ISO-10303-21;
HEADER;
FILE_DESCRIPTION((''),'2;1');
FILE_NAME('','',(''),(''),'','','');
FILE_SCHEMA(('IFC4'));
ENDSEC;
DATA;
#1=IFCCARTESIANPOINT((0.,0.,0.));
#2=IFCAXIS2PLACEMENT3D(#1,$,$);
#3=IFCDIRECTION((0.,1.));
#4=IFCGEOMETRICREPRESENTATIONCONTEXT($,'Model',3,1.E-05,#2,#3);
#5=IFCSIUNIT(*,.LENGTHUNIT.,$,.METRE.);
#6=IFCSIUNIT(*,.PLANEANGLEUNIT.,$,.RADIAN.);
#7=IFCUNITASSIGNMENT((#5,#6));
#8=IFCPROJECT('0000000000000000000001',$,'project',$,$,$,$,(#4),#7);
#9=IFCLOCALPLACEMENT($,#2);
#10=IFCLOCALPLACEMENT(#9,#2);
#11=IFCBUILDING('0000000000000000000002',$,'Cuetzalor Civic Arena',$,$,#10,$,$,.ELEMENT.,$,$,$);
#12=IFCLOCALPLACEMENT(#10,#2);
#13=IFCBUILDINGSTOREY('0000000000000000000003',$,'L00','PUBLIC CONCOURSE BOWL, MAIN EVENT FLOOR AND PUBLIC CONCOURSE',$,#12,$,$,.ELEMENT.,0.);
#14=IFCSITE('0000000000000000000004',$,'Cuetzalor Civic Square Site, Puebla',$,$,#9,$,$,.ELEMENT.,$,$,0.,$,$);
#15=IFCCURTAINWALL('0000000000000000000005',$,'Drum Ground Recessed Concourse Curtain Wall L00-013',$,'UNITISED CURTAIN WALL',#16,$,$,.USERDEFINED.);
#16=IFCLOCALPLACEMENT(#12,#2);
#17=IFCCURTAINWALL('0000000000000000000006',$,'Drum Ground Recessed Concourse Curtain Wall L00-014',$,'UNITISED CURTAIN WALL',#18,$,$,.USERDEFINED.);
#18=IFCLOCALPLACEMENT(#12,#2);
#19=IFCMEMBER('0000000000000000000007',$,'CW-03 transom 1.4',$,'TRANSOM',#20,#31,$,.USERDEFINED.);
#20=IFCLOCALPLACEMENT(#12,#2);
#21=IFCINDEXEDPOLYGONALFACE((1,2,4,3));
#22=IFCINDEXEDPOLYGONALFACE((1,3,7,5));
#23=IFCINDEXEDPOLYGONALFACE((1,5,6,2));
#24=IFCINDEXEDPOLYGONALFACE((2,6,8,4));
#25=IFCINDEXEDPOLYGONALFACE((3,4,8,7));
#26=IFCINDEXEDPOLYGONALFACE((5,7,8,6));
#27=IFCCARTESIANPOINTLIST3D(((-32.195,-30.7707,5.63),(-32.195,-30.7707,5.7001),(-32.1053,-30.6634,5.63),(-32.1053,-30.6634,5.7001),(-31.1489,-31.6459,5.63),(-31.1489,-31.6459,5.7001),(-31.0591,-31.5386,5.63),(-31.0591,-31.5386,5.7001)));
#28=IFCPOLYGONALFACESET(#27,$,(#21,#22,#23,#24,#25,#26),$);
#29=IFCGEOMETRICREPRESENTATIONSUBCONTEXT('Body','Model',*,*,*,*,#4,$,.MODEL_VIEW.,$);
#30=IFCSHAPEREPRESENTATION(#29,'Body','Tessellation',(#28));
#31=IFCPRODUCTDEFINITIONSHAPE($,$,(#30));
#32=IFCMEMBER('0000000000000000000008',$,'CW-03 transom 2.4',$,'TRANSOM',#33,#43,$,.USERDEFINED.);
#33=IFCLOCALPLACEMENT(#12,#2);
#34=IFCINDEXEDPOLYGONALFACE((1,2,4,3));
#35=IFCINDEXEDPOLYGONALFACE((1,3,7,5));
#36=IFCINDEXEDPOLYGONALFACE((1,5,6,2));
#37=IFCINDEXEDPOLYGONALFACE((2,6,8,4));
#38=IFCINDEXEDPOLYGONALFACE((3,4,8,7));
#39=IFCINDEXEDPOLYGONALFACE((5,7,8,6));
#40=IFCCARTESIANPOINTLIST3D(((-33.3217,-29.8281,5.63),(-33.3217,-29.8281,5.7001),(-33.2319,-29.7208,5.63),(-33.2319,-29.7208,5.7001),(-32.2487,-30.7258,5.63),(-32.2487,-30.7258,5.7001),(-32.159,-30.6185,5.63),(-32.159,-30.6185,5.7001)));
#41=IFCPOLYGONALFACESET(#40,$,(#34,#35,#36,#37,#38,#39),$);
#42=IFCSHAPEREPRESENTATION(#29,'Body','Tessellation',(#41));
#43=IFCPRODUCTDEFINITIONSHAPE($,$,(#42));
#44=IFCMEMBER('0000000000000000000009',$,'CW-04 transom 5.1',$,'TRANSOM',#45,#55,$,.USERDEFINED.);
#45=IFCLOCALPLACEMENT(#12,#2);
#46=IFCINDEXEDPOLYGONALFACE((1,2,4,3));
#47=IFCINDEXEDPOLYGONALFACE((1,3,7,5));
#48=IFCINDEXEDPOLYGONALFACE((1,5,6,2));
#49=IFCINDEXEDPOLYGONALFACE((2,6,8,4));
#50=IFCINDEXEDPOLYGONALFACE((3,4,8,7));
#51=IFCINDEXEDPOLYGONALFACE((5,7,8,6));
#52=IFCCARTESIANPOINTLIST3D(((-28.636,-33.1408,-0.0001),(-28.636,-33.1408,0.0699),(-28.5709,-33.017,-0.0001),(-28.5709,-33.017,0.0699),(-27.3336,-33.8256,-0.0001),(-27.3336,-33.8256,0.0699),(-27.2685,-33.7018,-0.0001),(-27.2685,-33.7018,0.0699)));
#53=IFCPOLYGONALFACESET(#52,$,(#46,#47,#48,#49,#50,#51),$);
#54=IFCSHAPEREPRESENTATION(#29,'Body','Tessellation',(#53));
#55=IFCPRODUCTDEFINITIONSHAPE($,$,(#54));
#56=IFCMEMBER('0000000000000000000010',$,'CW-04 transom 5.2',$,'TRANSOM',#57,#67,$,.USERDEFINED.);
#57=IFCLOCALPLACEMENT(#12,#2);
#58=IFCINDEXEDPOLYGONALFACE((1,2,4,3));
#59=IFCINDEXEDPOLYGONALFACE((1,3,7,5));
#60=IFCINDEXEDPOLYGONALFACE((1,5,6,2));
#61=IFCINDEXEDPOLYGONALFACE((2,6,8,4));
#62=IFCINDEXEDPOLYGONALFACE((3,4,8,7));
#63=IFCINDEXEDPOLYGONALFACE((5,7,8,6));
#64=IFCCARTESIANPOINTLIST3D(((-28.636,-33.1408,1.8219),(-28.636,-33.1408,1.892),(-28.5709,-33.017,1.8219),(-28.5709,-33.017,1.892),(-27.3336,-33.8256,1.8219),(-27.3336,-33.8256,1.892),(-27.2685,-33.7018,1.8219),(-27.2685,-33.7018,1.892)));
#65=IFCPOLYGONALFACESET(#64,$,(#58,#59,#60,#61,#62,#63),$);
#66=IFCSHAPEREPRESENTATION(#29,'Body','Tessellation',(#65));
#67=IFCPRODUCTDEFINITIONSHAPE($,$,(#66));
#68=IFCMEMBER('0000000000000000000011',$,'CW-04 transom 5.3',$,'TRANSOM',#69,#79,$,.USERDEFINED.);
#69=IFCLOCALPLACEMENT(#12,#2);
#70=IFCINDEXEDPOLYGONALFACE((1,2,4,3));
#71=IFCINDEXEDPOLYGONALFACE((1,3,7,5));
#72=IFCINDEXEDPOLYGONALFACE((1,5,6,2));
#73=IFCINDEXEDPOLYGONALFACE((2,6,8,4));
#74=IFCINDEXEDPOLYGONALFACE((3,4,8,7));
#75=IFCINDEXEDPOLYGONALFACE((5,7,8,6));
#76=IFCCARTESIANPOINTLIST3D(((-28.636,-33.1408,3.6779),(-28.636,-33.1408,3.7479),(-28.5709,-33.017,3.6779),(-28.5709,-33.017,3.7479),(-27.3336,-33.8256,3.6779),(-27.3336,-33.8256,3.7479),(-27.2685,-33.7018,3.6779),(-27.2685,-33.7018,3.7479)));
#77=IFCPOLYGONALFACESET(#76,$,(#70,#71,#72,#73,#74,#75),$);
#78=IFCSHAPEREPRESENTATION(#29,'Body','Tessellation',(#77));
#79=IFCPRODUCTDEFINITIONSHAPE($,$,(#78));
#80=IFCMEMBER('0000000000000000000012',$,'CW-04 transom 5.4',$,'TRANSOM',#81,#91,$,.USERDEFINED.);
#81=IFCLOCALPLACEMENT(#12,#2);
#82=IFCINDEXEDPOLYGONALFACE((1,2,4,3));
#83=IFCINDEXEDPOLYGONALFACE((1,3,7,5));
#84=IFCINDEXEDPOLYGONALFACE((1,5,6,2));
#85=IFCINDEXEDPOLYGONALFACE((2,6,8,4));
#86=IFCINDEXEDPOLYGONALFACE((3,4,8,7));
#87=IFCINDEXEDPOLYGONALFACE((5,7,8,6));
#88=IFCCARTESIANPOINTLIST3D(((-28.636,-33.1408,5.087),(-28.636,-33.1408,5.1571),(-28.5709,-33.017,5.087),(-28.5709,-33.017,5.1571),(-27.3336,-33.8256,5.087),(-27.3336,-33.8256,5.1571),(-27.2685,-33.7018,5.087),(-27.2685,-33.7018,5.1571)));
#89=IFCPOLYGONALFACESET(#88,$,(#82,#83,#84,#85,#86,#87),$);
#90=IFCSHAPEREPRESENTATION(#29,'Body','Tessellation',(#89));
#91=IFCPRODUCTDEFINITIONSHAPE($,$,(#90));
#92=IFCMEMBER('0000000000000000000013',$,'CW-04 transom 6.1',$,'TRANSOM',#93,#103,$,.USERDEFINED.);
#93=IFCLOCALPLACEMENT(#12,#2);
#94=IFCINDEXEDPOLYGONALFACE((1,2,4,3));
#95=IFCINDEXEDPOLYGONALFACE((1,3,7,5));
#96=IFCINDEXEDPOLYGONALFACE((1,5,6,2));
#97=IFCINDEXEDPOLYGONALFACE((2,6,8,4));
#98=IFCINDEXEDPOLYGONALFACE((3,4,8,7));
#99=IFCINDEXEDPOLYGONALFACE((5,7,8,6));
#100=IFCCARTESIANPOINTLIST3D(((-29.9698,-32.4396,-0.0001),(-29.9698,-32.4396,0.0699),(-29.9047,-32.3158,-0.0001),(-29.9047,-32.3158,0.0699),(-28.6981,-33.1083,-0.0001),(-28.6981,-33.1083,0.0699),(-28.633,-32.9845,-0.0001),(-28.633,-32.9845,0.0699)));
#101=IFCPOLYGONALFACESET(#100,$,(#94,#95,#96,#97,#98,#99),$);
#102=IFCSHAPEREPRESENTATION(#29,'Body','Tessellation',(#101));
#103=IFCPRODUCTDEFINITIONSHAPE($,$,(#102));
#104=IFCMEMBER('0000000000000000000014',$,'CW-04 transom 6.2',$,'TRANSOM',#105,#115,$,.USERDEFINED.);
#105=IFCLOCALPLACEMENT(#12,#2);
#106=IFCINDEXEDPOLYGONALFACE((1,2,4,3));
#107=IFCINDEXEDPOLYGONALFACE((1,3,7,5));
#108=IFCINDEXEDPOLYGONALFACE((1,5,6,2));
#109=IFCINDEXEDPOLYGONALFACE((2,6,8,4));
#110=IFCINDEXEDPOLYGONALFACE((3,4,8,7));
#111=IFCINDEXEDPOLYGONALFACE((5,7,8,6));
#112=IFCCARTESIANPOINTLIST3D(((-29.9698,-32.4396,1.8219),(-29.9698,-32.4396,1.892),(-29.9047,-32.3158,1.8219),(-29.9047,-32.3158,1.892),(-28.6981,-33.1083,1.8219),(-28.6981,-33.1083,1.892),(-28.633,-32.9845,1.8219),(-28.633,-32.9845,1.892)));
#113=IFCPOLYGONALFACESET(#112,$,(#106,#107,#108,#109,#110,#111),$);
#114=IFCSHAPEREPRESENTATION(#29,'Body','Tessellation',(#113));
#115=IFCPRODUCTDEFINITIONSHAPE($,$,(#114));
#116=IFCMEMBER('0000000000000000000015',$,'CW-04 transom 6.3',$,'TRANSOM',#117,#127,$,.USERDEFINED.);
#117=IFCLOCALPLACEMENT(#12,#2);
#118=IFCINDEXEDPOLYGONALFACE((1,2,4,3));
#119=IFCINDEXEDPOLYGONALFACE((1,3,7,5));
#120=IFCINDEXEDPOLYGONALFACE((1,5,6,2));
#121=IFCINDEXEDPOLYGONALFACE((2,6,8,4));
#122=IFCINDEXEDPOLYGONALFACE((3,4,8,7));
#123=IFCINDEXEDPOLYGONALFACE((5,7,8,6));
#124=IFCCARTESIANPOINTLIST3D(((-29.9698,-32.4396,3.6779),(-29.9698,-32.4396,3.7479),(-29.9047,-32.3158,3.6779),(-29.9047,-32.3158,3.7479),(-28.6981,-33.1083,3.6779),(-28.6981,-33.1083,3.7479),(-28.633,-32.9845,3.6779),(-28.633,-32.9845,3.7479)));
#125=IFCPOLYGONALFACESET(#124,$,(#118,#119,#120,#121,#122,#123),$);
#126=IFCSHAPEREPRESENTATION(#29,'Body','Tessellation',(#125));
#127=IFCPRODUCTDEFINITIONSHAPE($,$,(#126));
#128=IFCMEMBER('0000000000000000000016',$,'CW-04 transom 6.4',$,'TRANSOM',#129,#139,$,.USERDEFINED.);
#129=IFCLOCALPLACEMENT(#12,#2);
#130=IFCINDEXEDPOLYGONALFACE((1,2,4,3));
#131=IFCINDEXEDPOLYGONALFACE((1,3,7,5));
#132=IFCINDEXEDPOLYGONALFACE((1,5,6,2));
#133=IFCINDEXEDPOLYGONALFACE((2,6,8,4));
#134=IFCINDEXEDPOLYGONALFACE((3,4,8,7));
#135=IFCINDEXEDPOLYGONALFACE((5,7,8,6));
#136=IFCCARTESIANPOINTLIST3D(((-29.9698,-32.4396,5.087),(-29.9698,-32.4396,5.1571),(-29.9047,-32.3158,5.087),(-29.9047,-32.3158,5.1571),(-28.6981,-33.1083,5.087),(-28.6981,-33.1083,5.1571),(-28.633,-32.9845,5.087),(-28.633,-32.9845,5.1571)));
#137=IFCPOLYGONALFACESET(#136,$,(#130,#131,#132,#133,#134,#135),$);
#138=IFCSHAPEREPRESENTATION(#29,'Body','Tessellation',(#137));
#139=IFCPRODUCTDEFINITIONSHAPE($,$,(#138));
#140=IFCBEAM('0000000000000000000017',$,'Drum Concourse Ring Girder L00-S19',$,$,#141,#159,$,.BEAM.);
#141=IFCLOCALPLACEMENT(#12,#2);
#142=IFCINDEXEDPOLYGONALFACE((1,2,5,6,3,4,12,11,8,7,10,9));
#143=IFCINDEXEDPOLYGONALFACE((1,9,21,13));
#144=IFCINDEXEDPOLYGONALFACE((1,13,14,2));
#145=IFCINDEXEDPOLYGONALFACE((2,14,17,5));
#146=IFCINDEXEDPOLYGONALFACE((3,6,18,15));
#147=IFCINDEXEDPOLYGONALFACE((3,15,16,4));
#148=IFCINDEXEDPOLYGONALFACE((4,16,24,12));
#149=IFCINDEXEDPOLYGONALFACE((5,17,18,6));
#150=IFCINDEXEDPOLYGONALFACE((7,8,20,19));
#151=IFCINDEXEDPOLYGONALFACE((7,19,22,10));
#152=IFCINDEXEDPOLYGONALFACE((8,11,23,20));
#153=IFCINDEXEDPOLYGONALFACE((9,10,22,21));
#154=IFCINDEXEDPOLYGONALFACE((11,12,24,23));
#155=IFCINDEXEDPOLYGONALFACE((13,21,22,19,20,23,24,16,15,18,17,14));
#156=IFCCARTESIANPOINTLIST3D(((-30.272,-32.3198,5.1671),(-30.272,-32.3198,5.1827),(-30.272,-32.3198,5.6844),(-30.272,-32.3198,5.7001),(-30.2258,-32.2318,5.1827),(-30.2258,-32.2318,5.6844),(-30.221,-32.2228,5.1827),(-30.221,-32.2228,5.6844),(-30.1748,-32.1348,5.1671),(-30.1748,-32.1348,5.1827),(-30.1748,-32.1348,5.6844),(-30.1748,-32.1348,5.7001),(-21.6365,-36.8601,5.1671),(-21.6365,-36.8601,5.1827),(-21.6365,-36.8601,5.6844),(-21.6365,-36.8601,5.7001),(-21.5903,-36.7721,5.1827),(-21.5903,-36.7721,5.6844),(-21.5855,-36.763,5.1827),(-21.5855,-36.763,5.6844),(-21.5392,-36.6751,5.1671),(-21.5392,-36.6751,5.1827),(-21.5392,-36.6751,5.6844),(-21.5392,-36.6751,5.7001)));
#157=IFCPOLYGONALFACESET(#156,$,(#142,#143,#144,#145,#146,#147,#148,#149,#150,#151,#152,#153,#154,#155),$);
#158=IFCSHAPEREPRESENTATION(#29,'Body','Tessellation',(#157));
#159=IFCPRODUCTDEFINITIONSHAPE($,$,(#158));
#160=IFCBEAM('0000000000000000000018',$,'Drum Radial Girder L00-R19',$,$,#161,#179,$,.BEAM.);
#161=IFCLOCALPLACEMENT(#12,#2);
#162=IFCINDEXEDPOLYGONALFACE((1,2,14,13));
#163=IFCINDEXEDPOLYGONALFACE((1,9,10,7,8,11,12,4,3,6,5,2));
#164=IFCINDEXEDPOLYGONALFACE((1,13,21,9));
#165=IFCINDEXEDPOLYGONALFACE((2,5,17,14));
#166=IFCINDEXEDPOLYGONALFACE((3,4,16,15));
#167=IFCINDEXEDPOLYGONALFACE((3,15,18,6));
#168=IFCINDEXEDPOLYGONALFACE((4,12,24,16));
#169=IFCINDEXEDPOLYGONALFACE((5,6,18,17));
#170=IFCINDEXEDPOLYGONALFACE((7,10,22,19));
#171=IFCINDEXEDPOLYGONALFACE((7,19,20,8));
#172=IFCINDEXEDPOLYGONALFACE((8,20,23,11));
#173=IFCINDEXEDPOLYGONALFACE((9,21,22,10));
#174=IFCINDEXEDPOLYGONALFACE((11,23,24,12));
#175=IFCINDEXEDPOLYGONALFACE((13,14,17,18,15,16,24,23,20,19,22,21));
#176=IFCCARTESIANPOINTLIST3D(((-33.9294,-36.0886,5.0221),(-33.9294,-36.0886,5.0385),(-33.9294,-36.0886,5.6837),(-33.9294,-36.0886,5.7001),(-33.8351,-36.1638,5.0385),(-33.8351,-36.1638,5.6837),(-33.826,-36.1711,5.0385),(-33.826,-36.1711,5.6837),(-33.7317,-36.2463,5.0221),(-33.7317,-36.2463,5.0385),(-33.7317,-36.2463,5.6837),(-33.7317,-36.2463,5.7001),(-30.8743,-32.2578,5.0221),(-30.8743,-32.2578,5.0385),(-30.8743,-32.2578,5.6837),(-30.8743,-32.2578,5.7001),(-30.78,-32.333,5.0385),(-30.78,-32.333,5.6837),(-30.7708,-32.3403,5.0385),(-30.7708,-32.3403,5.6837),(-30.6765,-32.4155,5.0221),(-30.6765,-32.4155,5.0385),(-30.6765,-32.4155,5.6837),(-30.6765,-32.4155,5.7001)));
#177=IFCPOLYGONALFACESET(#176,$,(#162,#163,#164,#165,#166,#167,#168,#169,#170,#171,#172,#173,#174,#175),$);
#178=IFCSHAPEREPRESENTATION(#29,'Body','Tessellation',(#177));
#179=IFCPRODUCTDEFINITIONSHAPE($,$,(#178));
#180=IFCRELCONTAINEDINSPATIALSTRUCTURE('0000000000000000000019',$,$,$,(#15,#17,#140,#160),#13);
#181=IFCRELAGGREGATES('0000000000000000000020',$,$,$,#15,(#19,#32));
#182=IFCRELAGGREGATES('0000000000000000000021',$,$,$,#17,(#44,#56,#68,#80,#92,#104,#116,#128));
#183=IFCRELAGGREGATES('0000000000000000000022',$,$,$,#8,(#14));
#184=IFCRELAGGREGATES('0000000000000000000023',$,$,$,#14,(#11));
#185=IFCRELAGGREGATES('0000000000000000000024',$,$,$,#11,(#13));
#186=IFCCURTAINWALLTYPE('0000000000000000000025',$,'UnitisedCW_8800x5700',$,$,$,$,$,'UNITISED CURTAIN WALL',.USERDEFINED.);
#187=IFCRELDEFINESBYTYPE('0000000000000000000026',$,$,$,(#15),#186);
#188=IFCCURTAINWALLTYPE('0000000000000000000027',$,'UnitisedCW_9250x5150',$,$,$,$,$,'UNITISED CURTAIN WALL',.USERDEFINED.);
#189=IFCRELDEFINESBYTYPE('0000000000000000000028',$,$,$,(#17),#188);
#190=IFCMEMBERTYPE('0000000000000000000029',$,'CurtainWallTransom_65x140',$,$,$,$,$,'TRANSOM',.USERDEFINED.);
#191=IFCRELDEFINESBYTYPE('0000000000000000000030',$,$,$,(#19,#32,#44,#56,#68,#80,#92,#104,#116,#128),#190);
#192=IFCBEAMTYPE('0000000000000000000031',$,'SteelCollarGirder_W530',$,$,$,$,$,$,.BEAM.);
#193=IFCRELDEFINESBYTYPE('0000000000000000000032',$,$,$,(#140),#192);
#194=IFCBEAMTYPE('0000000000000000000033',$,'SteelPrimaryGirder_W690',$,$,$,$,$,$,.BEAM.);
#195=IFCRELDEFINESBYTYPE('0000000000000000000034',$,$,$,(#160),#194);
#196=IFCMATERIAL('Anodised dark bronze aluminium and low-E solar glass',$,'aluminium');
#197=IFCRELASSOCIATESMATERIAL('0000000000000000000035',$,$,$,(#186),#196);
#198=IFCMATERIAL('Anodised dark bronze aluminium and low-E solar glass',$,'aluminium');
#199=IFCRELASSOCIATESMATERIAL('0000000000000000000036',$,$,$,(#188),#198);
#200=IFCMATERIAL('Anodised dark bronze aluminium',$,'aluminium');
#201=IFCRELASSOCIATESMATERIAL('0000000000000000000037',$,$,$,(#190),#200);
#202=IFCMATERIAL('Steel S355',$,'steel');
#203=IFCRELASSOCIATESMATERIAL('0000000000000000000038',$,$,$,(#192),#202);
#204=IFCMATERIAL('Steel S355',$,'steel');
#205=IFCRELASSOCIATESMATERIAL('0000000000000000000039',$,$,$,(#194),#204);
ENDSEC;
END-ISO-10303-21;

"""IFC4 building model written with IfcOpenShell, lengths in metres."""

from ifc_helpers import new_model, si_unit, direction, frame, origin, origin_2d, place, context, subcontext, project, spatial, rectangle, i_section, extrude, material, material_profile, profile_set, type_object, element, aggregate, save


model = new_model("IFC4")

# Units and contexts
model_context = context("Model", 3, precision=1e-05, world=origin(), true_north=direction((0.0, 1.0)))
body_context = subcontext(model_context, "Body", "Model", "MODEL_VIEW")
ifc_project = project(units=[si_unit("LENGTHUNIT", "METRE"), si_unit("PLANEANGLEUNIT", "RADIAN")], contexts=[model_context])

# Site, building, storey
site_placement = place(None, origin())
site = spatial("IfcSite", under=ifc_project, at=site_placement, Name="Cuetzalor Civic Square Site, Puebla", CompositionType="ELEMENT", RefElevation=0.0)
building_placement = place(site_placement, origin())
building = spatial("IfcBuilding", under=site, at=building_placement, Name="Cuetzalor Civic Arena", CompositionType="ELEMENT")
storey_placement = place(building_placement, origin())
storey = spatial("IfcBuildingStorey", under=building, at=storey_placement, Name="L00", Description="PUBLIC CONCOURSE BOWL, MAIN EVENT FLOOR AND PUBLIC CONCOURSE", CompositionType="ELEMENT", Elevation=0.0)

# Curtain walls
ifc_material_1 = material(Name="Anodised dark bronze aluminium and low-E solar glass", Category="aluminium")
curtain_wall_type_1 = type_object("IfcCurtainWallType", Name="UnitisedCW_8800x5700", ElementType="UNITISED CURTAIN WALL", PredefinedType="USERDEFINED", material=ifc_material_1)
curtain_wall_1_placement = place(storey_placement, origin())
curtain_wall_1 = element("IfcCurtainWall", 1, at=curtain_wall_1_placement, inside=storey, type_object=curtain_wall_type_1, Name="Drum Ground Recessed Concourse Curtain Wall L00-013", ObjectType="UNITISED CURTAIN WALL", PredefinedType="USERDEFINED")
ifc_material_2 = material(Name="Anodised dark bronze aluminium and low-E solar glass", Category="aluminium")
curtain_wall_type_2 = type_object("IfcCurtainWallType", Name="UnitisedCW_9250x5150", ElementType="UNITISED CURTAIN WALL", PredefinedType="USERDEFINED", material=ifc_material_2)
curtain_wall_2_placement = place(storey_placement, origin())
curtain_wall_2 = element("IfcCurtainWall", 2, at=curtain_wall_2_placement, inside=storey, type_object=curtain_wall_type_2, Name="Drum Ground Recessed Concourse Curtain Wall L00-014", ObjectType="UNITISED CURTAIN WALL", PredefinedType="USERDEFINED")

# Members
ifc_material_3 = material(Name="Anodised dark bronze aluminium", Category="aluminium")
ifc_material_profile_1 = material_profile(ifc_material_3, rectangle(XDim=0.1399, YDim=0.0701, at=origin_2d()), Name="ALU TRANSOM 70x140")
ifc_profile_set_1 = profile_set([ifc_material_profile_1], Name="Anodised dark bronze aluminium")
member_type_1 = type_object("IfcMemberType", Name="CurtainWallTransom_65x140", ElementType="TRANSOM", PredefinedType="USERDEFINED", material=ifc_profile_set_1)
member_1_placement = place(storey_placement, frame((-31.104, -31.5923, 5.665), z_axis=(-0.766973, 0.64168, 0.0), x_axis=(-0.64168, -0.766973, 0.0)))
member_1 = element("IfcMember", 3, at=member_1_placement, type_object=member_type_1, Name="CW-03 transom 1.4", ObjectType="TRANSOM", PredefinedType="USERDEFINED", context=body_context, shape_type="SweptSolid", body=[
    extrude(rectangle(XDim=0.1399, YDim=0.0701, at=origin_2d()), origin(), (0.0, 0.0, 1.0), 1.364),
])
member_2_placement = place(storey_placement, frame((-32.2039, -30.6721, 5.665), z_axis=(-0.766975, 0.641677, 0.0), x_axis=(-0.641677, -0.766975, 0.0)))
member_2 = element("IfcMember", 4, at=member_2_placement, type_object=member_type_1, Name="CW-03 transom 2.4", ObjectType="TRANSOM", PredefinedType="USERDEFINED", context=body_context, shape_type="SweptSolid", body=[
    extrude(rectangle(XDim=0.1399, YDim=0.0701, at=origin_2d()), origin(), (0.0, 0.0, 1.0), 1.3989),
])
member_3_placement = place(storey_placement, frame((-27.301, -33.7637, 0.0349), z_axis=(-0.885116, 0.46537, 0.0), x_axis=(-0.46537, -0.885116, 0.0)))
member_3 = element("IfcMember", 5, at=member_3_placement, type_object=member_type_1, Name="CW-04 transom 5.1", ObjectType="TRANSOM", PredefinedType="USERDEFINED", context=body_context, shape_type="SweptSolid", body=[
    extrude(rectangle(XDim=0.1399, YDim=0.0701, at=origin_2d()), origin(), (0.0, 0.0, 1.0), 1.4714),
])
member_4_placement = place(storey_placement, frame((-27.301, -33.7637, 1.8569), z_axis=(-0.885116, 0.46537, 0.0), x_axis=(-0.46537, -0.885116, 0.0)))
member_4 = element("IfcMember", 6, at=member_4_placement, type_object=member_type_1, Name="CW-04 transom 5.2", ObjectType="TRANSOM", PredefinedType="USERDEFINED", context=body_context, shape_type="SweptSolid", body=[
    extrude(rectangle(XDim=0.1399, YDim=0.0701, at=origin_2d()), origin(), (0.0, 0.0, 1.0), 1.4714),
])
member_5_placement = place(storey_placement, frame((-27.301, -33.7637, 3.7129), z_axis=(-0.885116, 0.46537, 0.0), x_axis=(-0.46537, -0.885116, 0.0)))
member_5 = element("IfcMember", 7, at=member_5_placement, type_object=member_type_1, Name="CW-04 transom 5.3", ObjectType="TRANSOM", PredefinedType="USERDEFINED", context=body_context, shape_type="SweptSolid", body=[
    extrude(rectangle(XDim=0.1399, YDim=0.0701, at=origin_2d()), origin(), (0.0, 0.0, 1.0), 1.4714),
])
member_6_placement = place(storey_placement, frame((-27.301, -33.7637, 5.1221), z_axis=(-0.885116, 0.46537, 0.0), x_axis=(-0.46537, -0.885116, 0.0)))
member_6 = element("IfcMember", 8, at=member_6_placement, type_object=member_type_1, Name="CW-04 transom 5.4", ObjectType="TRANSOM", PredefinedType="USERDEFINED", context=body_context, shape_type="SweptSolid", body=[
    extrude(rectangle(XDim=0.1399, YDim=0.0701, at=origin_2d()), origin(), (0.0, 0.0, 1.0), 1.4714),
])
member_7_placement = place(storey_placement, frame((-28.6655, -33.0464, 0.0349), z_axis=(-0.885099, 0.465403, 0.0), x_axis=(-0.465403, -0.885099, 0.0)))
member_7 = element("IfcMember", 9, at=member_7_placement, type_object=member_type_1, Name="CW-04 transom 6.1", ObjectType="TRANSOM", PredefinedType="USERDEFINED", context=body_context, shape_type="SweptSolid", body=[
    extrude(rectangle(XDim=0.1399, YDim=0.0701, at=origin_2d()), origin(), (0.0, 0.0, 1.0), 1.4368),
])
member_8_placement = place(storey_placement, frame((-28.6655, -33.0464, 1.8569), z_axis=(-0.885099, 0.465403, 0.0), x_axis=(-0.465403, -0.885099, 0.0)))
member_8 = element("IfcMember", 10, at=member_8_placement, type_object=member_type_1, Name="CW-04 transom 6.2", ObjectType="TRANSOM", PredefinedType="USERDEFINED", context=body_context, shape_type="SweptSolid", body=[
    extrude(rectangle(XDim=0.1399, YDim=0.0701, at=origin_2d()), origin(), (0.0, 0.0, 1.0), 1.4368),
])
member_9_placement = place(storey_placement, frame((-28.6655, -33.0464, 3.7129), z_axis=(-0.885099, 0.465403, 0.0), x_axis=(-0.465403, -0.885099, 0.0)))
member_9 = element("IfcMember", 11, at=member_9_placement, type_object=member_type_1, Name="CW-04 transom 6.3", ObjectType="TRANSOM", PredefinedType="USERDEFINED", context=body_context, shape_type="SweptSolid", body=[
    extrude(rectangle(XDim=0.1399, YDim=0.0701, at=origin_2d()), origin(), (0.0, 0.0, 1.0), 1.4368),
])
member_10_placement = place(storey_placement, frame((-28.6655, -33.0464, 5.1221), z_axis=(-0.885099, 0.465403, 0.0), x_axis=(-0.465403, -0.885099, 0.0)))
member_10 = element("IfcMember", 12, at=member_10_placement, type_object=member_type_1, Name="CW-04 transom 6.4", ObjectType="TRANSOM", PredefinedType="USERDEFINED", context=body_context, shape_type="SweptSolid", body=[
    extrude(rectangle(XDim=0.1399, YDim=0.0701, at=origin_2d()), origin(), (0.0, 0.0, 1.0), 1.4368),
])

# Beams
ifc_material_4 = material(Name="Steel S355", Category="steel")
ifc_material_profile_2 = material_profile(ifc_material_4, i_section(OverallWidth=0.209, OverallDepth=0.533, WebThickness=0.0103, FlangeThickness=0.0156, at=origin_2d()), Name="W530x92")
ifc_profile_set_2 = profile_set([ifc_material_profile_2], Name="Steel S355")
beam_type_1 = type_object("IfcBeamType", Name="SteelCollarGirder_W530", PredefinedType="BEAM", material=ifc_profile_set_2)
beam_1_placement = place(storey_placement, frame((-30.2234, -32.2273, 5.4336), z_axis=(0.885117, -0.465368, 0.0), x_axis=(0.465368, 0.885117, 0.0)))
element("IfcBeam", 13, at=beam_1_placement, inside=storey, type_object=beam_type_1, Name="Drum Concourse Ring Girder L00-S19", PredefinedType="BEAM", context=body_context, shape_type="SweptSolid", body=[
    extrude(i_section(OverallWidth=0.209, OverallDepth=0.533, WebThickness=0.0103, FlangeThickness=0.0156, at=origin_2d()), origin(), (0.0, 0.0, 1.0), 9.7563),
])
ifc_material_5 = material(Name="Steel S355", Category="steel")
ifc_material_profile_3 = material_profile(ifc_material_5, i_section(OverallWidth=0.2529, OverallDepth=0.678, WebThickness=0.0117, FlangeThickness=0.0164, at=origin_2d()), Name="W690x125")
ifc_profile_set_3 = profile_set([ifc_material_profile_3], Name="Steel S355")
beam_type_2 = type_object("IfcBeamType", Name="SteelPrimaryGirder_W690", PredefinedType="BEAM", material=ifc_profile_set_3)
beam_2_placement = place(storey_placement, frame((-30.7754, -32.3367, 5.3611), z_axis=(-0.623516, -0.781811, 0.0), x_axis=(0.781811, -0.623516, 0.0)))
element("IfcBeam", 14, at=beam_2_placement, inside=storey, type_object=beam_type_2, Name="Drum Radial Girder L00-R19", PredefinedType="BEAM", context=body_context, shape_type="SweptSolid", body=[
    extrude(i_section(OverallWidth=0.2529, OverallDepth=0.678, WebThickness=0.0117, FlangeThickness=0.0164, at=origin_2d()), origin(), (0.0, 0.0, 1.0), 4.8999),
])

aggregate(curtain_wall_1, [member_1, member_2])
aggregate(curtain_wall_2, [member_3, member_4, member_5, member_6, member_7, member_8, member_9, member_10])

save(model, "model.ifc")
